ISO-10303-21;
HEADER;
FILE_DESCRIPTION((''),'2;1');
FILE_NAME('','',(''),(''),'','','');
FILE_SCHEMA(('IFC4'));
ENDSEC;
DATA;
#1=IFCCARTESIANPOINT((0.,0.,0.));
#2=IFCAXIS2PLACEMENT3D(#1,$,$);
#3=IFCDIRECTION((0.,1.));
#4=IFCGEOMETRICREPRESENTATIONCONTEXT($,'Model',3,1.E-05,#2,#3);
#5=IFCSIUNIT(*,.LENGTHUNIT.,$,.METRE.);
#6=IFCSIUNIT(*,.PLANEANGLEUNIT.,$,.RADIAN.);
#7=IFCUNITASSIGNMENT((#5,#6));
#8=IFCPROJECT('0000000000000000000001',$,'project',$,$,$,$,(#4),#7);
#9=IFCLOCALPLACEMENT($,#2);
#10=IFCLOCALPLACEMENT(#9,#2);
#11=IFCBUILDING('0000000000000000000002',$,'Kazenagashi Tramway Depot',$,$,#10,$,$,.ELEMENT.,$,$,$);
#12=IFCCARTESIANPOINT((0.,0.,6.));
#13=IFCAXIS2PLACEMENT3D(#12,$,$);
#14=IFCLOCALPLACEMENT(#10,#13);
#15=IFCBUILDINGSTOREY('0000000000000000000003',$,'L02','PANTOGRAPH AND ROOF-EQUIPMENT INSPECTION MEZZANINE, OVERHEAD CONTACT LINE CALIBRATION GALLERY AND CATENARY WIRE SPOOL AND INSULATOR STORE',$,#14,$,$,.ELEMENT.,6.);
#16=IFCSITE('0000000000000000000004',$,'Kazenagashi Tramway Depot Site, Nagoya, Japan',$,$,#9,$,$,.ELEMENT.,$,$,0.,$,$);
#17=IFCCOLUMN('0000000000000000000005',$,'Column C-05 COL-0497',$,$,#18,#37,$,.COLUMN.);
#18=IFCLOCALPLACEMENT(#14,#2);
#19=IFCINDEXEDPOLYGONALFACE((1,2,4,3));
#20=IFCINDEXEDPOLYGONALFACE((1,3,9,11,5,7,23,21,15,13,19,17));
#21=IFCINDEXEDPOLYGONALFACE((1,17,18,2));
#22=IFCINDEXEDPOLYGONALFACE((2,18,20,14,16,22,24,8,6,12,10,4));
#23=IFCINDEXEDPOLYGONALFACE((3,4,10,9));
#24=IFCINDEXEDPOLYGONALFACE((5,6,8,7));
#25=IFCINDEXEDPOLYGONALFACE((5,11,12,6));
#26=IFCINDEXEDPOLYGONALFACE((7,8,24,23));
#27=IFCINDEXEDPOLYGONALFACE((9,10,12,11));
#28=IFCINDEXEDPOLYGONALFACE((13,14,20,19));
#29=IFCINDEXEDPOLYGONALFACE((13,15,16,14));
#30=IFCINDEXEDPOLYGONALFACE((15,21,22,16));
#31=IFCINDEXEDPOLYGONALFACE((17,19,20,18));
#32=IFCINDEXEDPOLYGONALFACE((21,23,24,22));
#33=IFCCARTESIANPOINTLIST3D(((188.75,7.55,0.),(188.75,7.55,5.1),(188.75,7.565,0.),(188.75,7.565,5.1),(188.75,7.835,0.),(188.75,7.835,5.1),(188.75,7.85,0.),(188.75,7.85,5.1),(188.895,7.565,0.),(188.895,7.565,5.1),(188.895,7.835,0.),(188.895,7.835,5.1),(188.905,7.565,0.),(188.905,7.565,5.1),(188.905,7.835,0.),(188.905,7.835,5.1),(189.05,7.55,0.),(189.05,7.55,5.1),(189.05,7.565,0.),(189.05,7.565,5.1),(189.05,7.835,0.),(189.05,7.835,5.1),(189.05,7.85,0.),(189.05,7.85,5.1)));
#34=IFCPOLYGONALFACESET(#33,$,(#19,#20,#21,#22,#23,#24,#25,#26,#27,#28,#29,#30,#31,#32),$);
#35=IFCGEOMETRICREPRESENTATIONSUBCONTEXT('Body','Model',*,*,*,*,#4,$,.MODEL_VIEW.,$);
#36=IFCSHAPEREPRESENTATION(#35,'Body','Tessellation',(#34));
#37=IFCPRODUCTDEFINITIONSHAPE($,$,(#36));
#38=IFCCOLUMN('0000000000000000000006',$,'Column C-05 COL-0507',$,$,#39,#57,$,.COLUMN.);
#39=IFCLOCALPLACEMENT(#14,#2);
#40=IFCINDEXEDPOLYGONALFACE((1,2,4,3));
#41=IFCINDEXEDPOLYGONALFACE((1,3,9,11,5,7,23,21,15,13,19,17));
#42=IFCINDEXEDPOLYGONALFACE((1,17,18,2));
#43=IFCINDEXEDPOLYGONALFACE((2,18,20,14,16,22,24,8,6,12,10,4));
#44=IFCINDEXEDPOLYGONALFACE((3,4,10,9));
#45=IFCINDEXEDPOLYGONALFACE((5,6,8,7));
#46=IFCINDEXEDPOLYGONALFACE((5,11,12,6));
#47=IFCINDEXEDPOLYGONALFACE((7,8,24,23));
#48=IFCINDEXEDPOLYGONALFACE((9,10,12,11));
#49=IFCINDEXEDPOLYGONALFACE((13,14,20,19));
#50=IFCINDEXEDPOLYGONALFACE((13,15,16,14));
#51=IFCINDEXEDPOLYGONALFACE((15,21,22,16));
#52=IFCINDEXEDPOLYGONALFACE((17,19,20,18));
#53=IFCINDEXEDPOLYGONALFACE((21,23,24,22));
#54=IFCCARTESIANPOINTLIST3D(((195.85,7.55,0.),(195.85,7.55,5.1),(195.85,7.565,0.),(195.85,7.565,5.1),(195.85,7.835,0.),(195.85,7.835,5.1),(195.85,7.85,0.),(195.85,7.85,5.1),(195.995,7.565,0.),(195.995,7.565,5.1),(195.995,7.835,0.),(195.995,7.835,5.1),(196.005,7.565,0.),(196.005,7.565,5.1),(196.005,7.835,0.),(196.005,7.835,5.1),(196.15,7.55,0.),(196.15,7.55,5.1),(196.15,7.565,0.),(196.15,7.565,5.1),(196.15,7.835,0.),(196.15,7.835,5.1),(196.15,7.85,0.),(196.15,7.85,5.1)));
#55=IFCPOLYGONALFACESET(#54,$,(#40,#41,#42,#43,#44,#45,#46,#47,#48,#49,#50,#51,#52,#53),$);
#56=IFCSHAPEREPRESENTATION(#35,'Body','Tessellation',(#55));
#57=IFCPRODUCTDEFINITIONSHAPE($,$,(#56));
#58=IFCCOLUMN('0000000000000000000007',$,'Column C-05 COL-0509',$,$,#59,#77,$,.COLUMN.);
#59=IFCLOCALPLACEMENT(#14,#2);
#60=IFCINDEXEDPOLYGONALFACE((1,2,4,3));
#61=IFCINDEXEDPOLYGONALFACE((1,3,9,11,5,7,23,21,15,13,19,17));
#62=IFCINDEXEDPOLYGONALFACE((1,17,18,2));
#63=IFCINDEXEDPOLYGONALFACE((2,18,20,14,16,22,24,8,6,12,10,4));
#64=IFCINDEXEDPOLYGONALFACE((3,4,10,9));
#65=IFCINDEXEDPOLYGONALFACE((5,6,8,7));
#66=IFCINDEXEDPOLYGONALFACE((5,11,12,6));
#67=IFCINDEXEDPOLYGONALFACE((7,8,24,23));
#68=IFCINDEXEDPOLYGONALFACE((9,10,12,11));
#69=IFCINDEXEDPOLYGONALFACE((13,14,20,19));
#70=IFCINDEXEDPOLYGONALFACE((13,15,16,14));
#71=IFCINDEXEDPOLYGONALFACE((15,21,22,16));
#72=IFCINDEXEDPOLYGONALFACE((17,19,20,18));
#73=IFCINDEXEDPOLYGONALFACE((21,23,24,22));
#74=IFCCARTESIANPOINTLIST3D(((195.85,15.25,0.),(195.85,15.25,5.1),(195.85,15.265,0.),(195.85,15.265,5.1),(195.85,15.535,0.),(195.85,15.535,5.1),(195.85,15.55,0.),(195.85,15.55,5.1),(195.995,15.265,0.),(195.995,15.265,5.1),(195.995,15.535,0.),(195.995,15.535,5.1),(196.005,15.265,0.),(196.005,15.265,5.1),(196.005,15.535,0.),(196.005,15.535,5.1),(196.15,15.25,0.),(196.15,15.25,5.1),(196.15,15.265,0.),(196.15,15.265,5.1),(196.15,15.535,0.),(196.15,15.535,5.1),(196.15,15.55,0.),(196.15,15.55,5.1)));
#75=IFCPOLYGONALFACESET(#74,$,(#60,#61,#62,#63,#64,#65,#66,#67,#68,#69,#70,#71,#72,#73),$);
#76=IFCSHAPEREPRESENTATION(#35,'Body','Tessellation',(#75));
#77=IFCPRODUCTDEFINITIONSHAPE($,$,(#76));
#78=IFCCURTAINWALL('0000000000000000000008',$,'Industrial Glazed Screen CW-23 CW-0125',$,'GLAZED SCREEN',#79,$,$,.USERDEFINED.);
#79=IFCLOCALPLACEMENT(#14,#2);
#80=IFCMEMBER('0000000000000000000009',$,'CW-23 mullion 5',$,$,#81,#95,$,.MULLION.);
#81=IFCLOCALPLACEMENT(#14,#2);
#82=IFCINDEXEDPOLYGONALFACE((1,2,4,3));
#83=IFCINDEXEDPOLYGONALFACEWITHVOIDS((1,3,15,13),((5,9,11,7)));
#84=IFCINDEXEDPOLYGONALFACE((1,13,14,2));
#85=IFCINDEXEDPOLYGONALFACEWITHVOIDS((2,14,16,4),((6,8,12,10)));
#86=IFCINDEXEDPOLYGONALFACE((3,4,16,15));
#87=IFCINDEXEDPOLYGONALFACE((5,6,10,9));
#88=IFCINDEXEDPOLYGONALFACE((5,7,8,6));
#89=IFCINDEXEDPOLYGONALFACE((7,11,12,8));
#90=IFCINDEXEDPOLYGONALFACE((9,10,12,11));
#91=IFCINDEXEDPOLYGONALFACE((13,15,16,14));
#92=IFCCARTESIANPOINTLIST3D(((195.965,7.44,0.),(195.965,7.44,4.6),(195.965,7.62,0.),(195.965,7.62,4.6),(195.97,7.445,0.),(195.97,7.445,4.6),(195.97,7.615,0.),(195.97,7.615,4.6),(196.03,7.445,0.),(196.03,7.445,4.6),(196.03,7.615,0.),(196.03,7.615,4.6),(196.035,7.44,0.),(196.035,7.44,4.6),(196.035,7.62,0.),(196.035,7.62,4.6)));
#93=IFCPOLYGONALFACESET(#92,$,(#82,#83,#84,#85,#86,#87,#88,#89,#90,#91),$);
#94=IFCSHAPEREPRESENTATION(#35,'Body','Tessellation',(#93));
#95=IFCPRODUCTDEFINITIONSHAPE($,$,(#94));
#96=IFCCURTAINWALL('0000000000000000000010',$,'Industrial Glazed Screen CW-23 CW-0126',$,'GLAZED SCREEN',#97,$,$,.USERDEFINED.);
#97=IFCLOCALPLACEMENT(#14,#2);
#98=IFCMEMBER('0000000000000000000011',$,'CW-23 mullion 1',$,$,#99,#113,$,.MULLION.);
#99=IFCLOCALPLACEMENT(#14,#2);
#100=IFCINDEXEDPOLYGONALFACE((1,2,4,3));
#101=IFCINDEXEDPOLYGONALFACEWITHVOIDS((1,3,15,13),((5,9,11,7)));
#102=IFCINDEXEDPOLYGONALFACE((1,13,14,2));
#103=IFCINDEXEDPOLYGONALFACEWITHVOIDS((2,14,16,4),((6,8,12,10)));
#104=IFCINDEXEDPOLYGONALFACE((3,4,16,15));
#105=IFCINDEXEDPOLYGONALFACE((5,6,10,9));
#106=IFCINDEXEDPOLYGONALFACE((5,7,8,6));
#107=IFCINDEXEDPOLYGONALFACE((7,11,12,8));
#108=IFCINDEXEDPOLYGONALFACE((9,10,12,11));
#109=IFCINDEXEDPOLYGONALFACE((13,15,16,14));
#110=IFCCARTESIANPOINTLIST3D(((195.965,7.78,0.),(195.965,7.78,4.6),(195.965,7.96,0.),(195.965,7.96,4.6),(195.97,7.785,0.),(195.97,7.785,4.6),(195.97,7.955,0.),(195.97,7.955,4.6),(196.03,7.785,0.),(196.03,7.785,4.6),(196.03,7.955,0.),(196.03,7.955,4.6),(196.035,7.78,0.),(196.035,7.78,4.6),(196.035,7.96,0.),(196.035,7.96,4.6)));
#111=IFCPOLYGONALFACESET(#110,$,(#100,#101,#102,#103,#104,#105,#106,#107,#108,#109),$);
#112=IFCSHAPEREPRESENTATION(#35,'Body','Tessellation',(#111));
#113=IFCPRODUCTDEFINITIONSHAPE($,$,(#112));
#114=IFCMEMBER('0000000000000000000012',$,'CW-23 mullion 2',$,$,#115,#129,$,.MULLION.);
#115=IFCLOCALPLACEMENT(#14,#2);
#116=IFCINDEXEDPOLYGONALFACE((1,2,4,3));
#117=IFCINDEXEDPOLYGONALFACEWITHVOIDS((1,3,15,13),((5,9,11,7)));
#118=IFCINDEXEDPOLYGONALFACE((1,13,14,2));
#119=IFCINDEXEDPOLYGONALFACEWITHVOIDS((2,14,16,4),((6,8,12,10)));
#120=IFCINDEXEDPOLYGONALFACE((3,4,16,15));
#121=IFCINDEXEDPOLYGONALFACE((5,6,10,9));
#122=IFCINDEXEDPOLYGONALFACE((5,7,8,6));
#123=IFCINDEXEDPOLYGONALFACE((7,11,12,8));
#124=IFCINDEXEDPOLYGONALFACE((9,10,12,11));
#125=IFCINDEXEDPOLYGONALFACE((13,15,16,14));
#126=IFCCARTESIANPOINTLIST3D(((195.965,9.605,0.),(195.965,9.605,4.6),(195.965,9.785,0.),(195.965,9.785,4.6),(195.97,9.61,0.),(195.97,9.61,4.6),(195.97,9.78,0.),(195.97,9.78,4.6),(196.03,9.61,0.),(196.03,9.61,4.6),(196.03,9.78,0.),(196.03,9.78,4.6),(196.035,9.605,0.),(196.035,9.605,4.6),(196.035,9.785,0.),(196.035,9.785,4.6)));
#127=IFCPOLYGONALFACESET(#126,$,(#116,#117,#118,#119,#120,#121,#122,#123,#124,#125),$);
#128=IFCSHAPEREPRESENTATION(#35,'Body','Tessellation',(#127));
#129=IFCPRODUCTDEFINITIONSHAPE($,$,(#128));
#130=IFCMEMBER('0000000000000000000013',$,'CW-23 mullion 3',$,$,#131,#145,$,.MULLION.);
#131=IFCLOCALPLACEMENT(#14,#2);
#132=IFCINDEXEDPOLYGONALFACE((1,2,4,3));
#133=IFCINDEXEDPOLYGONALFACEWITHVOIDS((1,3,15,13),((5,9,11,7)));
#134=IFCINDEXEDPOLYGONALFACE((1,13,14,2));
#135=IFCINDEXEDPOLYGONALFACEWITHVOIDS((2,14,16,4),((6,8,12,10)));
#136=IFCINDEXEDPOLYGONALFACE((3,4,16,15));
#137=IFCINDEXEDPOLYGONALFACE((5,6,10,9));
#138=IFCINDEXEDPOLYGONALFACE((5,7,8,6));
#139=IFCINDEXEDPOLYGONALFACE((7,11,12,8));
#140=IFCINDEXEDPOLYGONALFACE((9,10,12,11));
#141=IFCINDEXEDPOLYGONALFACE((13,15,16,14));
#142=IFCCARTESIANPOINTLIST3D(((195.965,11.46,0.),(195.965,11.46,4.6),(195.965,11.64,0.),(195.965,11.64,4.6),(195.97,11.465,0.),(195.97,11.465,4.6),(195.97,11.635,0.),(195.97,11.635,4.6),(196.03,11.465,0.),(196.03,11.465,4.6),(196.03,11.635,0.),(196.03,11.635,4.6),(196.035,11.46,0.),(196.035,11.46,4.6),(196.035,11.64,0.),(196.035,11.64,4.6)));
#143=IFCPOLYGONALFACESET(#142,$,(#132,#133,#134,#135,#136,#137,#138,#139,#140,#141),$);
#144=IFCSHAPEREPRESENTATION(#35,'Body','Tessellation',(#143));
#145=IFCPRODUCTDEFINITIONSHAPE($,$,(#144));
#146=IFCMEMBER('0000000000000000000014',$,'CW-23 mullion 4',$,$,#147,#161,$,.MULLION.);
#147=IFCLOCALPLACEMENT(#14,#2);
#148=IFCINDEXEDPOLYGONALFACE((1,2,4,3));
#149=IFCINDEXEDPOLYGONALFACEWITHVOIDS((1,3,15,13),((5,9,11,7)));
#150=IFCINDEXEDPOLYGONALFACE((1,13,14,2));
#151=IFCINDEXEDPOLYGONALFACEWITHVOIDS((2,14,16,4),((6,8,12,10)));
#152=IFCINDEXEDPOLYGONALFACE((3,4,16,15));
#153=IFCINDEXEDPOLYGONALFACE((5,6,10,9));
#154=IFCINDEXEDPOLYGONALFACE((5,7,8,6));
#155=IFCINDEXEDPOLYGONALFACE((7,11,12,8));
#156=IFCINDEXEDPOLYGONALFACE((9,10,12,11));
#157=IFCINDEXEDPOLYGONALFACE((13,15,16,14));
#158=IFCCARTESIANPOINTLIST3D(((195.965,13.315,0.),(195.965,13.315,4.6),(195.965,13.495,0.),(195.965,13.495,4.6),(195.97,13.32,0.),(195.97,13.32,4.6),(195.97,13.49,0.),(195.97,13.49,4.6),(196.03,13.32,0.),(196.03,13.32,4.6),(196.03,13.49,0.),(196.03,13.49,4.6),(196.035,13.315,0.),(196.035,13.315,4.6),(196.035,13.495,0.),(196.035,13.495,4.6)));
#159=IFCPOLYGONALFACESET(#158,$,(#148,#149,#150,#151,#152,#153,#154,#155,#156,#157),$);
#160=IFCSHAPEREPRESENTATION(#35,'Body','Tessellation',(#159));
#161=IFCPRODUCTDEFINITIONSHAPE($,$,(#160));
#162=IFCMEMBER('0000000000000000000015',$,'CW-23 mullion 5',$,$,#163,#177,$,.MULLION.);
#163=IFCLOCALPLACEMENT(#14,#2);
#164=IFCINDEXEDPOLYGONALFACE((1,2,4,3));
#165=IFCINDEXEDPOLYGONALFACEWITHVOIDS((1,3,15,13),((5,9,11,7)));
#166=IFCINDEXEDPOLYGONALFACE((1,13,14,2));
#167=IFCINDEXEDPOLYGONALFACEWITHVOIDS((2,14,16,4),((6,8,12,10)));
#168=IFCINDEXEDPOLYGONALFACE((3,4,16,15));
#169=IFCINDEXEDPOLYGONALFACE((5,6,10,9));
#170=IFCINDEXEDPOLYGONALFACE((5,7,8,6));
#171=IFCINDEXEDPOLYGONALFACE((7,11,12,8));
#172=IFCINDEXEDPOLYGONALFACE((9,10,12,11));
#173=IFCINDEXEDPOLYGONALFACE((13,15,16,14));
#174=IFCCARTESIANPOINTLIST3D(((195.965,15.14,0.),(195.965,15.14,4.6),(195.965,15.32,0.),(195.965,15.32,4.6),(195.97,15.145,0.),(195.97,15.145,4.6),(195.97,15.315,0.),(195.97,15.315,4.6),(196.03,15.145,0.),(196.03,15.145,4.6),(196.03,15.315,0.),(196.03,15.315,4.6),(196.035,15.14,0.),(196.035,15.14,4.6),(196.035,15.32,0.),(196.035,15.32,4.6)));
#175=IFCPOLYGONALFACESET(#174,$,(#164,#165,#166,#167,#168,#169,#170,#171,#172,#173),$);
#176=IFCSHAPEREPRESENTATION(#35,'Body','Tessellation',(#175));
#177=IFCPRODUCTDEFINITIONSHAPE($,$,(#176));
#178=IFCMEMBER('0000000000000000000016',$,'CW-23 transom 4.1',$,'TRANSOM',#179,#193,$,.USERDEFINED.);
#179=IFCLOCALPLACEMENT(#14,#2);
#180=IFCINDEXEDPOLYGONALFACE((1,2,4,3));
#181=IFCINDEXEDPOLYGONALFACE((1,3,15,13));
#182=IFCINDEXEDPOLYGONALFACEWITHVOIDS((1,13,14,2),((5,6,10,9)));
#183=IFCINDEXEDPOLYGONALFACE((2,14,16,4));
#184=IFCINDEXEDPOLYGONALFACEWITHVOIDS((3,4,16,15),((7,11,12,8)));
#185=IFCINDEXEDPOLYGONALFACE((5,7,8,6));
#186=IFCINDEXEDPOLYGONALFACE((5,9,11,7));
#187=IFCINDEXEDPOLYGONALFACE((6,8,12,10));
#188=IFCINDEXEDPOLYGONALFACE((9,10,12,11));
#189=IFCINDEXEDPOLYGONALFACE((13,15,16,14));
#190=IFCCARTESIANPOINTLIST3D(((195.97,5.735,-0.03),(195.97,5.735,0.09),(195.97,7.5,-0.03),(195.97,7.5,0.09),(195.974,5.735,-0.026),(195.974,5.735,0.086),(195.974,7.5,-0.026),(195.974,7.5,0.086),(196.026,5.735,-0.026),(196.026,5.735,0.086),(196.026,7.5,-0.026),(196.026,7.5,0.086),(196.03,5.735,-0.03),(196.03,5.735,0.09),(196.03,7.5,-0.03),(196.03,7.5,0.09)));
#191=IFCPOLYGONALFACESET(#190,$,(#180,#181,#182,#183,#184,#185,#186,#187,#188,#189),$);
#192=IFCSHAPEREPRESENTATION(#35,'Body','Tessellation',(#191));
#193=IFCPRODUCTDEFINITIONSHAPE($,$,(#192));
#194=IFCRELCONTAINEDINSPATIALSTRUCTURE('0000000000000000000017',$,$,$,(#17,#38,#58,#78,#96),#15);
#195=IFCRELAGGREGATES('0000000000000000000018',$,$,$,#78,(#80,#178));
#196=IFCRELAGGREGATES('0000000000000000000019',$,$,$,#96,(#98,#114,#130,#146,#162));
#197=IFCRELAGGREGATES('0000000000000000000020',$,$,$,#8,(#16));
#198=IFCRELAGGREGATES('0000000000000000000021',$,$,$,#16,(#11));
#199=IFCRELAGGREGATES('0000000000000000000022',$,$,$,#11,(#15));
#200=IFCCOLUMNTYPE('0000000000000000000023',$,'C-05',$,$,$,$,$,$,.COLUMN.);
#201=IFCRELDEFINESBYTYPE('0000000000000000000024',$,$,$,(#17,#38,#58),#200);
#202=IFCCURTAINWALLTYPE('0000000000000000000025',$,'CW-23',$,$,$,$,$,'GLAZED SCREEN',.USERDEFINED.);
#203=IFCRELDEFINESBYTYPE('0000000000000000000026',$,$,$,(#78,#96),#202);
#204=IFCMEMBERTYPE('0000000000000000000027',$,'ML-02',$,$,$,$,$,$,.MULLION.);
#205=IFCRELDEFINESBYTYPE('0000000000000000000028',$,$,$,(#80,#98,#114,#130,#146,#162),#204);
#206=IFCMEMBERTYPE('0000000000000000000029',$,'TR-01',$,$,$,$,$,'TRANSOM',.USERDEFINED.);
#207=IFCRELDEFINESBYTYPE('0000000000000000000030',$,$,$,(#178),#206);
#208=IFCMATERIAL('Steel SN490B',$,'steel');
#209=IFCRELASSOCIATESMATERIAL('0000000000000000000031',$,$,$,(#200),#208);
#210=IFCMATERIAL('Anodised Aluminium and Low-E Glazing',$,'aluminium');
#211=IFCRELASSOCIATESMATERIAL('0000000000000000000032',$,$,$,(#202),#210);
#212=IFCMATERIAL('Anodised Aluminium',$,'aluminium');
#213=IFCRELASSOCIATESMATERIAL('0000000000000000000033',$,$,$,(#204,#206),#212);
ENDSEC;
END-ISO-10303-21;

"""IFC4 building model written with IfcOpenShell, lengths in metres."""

from ifc_helpers import new_model, si_unit, direction, frame, origin, origin_2d, place, context, subcontext, project, spatial, hollow_rectangle, i_section, extrude, material, material_profile, profile_set, type_object, element, aggregate, save


model = new_model("IFC4")

# Units and contexts
model_context = context("Model", 3, precision=1e-05, world=origin(), true_north=direction((0.0, 1.0)))
body_context = subcontext(model_context, "Body", "Model", "MODEL_VIEW")
ifc_project = project(units=[si_unit("LENGTHUNIT", "METRE"), si_unit("PLANEANGLEUNIT", "RADIAN")], contexts=[model_context])

# Site, building, storey
site_placement = place(None, origin())
site = spatial("IfcSite", under=ifc_project, at=site_placement, Name="Kazenagashi Tramway Depot Site, Nagoya, Japan", CompositionType="ELEMENT", RefElevation=0.0)
building_placement = place(site_placement, origin())
building = spatial("IfcBuilding", under=site, at=building_placement, Name="Kazenagashi Tramway Depot", CompositionType="ELEMENT")
storey_placement = place(building_placement, frame((0.0, 0.0, 6.0)))
storey = spatial("IfcBuildingStorey", under=building, at=storey_placement, Name="L02", Description="PANTOGRAPH AND ROOF-EQUIPMENT INSPECTION MEZZANINE, OVERHEAD CONTACT LINE CALIBRATION GALLERY AND CATENARY WIRE SPOOL AND INSULATOR STORE", CompositionType="ELEMENT", Elevation=6.0)

# Columns
ifc_material_1 = material(Name="Steel SN490B", Category="steel")
ifc_material_profile_1 = material_profile(ifc_material_1, i_section(OverallWidth=0.3, OverallDepth=0.3, WebThickness=0.01, FlangeThickness=0.015, at=origin_2d()), Name="H-300x300x10x15")
ifc_profile_set_1 = profile_set([ifc_material_profile_1], Name="Steel SN490B")
column_type = type_object("IfcColumnType", Name="C-05", PredefinedType="COLUMN", material=ifc_profile_set_1)
for number, where, z_axis, x_axis, name in (
    (1, (188.9, 7.7, 0.0), (0.0, 0.0, 1.0), (1.0, 0.0, 0.0), "Column C-05 COL-0497"),
    (2, (196.0, 7.7, 0.0), (0.0, 0.0, 1.0), (1.0, 0.0, 0.0), "Column C-05 COL-0507"),
    (3, (196.0, 15.4, 0.0), (0.0, 0.0, 1.0), (1.0, 0.0, 0.0), "Column C-05 COL-0509"),
):
    element("IfcColumn", number, at=place(storey_placement, frame(where, z_axis=z_axis, x_axis=x_axis)), inside=storey, type_object=column_type, Name=name, PredefinedType="COLUMN", context=body_context, shape_type="SweptSolid", body=[
        extrude(i_section(OverallWidth=0.3, OverallDepth=0.3, WebThickness=0.01, FlangeThickness=0.015, at=origin_2d()), origin(), (0.0, 0.0, 1.0), 5.1),
    ])

# Curtain wall, member
ifc_material_2 = material(Name="Anodised Aluminium and Low-E Glazing", Category="aluminium")
curtain_wall_type = type_object("IfcCurtainWallType", Name="CW-23", ElementType="GLAZED SCREEN", PredefinedType="USERDEFINED", material=ifc_material_2)
curtain_wall_1_placement = place(storey_placement, origin())
curtain_wall_1 = element("IfcCurtainWall", 4, at=curtain_wall_1_placement, inside=storey, type_object=curtain_wall_type, Name="Industrial Glazed Screen CW-23 CW-0125", ObjectType="GLAZED SCREEN", PredefinedType="USERDEFINED")
ifc_material_3 = material(Name="Anodised Aluminium", Category="aluminium")
ifc_material_profile_2 = material_profile(ifc_material_3, hollow_rectangle(XDim=0.07, YDim=0.18, WallThickness=0.005, at=origin_2d()), Name="RHS-180x70x5")
ifc_profile_set_2 = profile_set([ifc_material_profile_2], Name="Anodised Aluminium")
member_type_1 = type_object("IfcMemberType", Name="ML-02", PredefinedType="MULLION", material=ifc_profile_set_2)
member_1_placement = place(storey_placement, frame((196.0, 7.53, 0.0), z_axis=(0.0, 0.0, 1.0), x_axis=(-1.0, 0.0, 0.0)))
member_1 = element("IfcMember", 5, at=member_1_placement, type_object=member_type_1, Name="CW-23 mullion 5", PredefinedType="MULLION", context=body_context, shape_type="SweptSolid", body=[
    extrude(hollow_rectangle(XDim=0.07, YDim=0.18, WallThickness=0.005, at=origin_2d()), origin(), (0.0, 0.0, 1.0), 4.6),
])

# Curtain wall, members
curtain_wall_2_placement = place(storey_placement, origin())
curtain_wall_2 = element("IfcCurtainWall", 6, at=curtain_wall_2_placement, inside=storey, type_object=curtain_wall_type, Name="Industrial Glazed Screen CW-23 CW-0126", ObjectType="GLAZED SCREEN", PredefinedType="USERDEFINED")
member_2_placement = place(storey_placement, frame((196.0, 7.87, 0.0), z_axis=(0.0, 0.0, 1.0), x_axis=(-1.0, 0.0, 0.0)))
member_2 = element("IfcMember", 7, at=member_2_placement, type_object=member_type_1, Name="CW-23 mullion 1", PredefinedType="MULLION", context=body_context, shape_type="SweptSolid", body=[
    extrude(hollow_rectangle(XDim=0.07, YDim=0.18, WallThickness=0.005, at=origin_2d()), origin(), (0.0, 0.0, 1.0), 4.6),
])
member_3_placement = place(storey_placement, frame((196.0, 9.695, 0.0), z_axis=(0.0, 0.0, 1.0), x_axis=(-1.0, 0.0, 0.0)))
member_3 = element("IfcMember", 8, at=member_3_placement, type_object=member_type_1, Name="CW-23 mullion 2", PredefinedType="MULLION", context=body_context, shape_type="SweptSolid", body=[
    extrude(hollow_rectangle(XDim=0.07, YDim=0.18, WallThickness=0.005, at=origin_2d()), origin(), (0.0, 0.0, 1.0), 4.6),
])
member_4_placement = place(storey_placement, frame((196.0, 11.55, 0.0), z_axis=(0.0, 0.0, 1.0), x_axis=(-1.0, 0.0, 0.0)))
member_4 = element("IfcMember", 9, at=member_4_placement, type_object=member_type_1, Name="CW-23 mullion 3", PredefinedType="MULLION", context=body_context, shape_type="SweptSolid", body=[
    extrude(hollow_rectangle(XDim=0.07, YDim=0.18, WallThickness=0.005, at=origin_2d()), origin(), (0.0, 0.0, 1.0), 4.6),
])
member_5_placement = place(storey_placement, frame((196.0, 13.405, 0.0), z_axis=(0.0, 0.0, 1.0), x_axis=(-1.0, 0.0, 0.0)))
member_5 = element("IfcMember", 10, at=member_5_placement, type_object=member_type_1, Name="CW-23 mullion 4", PredefinedType="MULLION", context=body_context, shape_type="SweptSolid", body=[
    extrude(hollow_rectangle(XDim=0.07, YDim=0.18, WallThickness=0.005, at=origin_2d()), origin(), (0.0, 0.0, 1.0), 4.6),
])
member_6_placement = place(storey_placement, frame((196.0, 15.23, 0.0), z_axis=(0.0, 0.0, 1.0), x_axis=(-1.0, 0.0, 0.0)))
member_6 = element("IfcMember", 11, at=member_6_placement, type_object=member_type_1, Name="CW-23 mullion 5", PredefinedType="MULLION", context=body_context, shape_type="SweptSolid", body=[
    extrude(hollow_rectangle(XDim=0.07, YDim=0.18, WallThickness=0.005, at=origin_2d()), origin(), (0.0, 0.0, 1.0), 4.6),
])

# Member
ifc_material_profile_3 = material_profile(ifc_material_3, hollow_rectangle(XDim=0.06, YDim=0.12, WallThickness=0.004, at=origin_2d()), Name="RHS-120x60x4")
ifc_profile_set_3 = profile_set([ifc_material_profile_3], Name="Anodised Aluminium")
member_type_2 = type_object("IfcMemberType", Name="TR-01", ElementType="TRANSOM", PredefinedType="USERDEFINED", material=ifc_profile_set_3)
member_7_placement = place(storey_placement, frame((196.0, 5.735, 0.03), z_axis=(0.0, 1.0, 0.0), x_axis=(-1.0, 0.0, 0.0)))
member_7 = element("IfcMember", 12, at=member_7_placement, type_object=member_type_2, Name="CW-23 transom 4.1", ObjectType="TRANSOM", PredefinedType="USERDEFINED", context=body_context, shape_type="SweptSolid", body=[
    extrude(hollow_rectangle(XDim=0.06, YDim=0.12, WallThickness=0.004, at=origin_2d()), origin(), (0.0, 0.0, 1.0), 1.765),
])

aggregate(curtain_wall_1, [member_1, member_7])
aggregate(curtain_wall_2, [member_2, member_3, member_4, member_5, member_6])

save(model, "model.ifc")
